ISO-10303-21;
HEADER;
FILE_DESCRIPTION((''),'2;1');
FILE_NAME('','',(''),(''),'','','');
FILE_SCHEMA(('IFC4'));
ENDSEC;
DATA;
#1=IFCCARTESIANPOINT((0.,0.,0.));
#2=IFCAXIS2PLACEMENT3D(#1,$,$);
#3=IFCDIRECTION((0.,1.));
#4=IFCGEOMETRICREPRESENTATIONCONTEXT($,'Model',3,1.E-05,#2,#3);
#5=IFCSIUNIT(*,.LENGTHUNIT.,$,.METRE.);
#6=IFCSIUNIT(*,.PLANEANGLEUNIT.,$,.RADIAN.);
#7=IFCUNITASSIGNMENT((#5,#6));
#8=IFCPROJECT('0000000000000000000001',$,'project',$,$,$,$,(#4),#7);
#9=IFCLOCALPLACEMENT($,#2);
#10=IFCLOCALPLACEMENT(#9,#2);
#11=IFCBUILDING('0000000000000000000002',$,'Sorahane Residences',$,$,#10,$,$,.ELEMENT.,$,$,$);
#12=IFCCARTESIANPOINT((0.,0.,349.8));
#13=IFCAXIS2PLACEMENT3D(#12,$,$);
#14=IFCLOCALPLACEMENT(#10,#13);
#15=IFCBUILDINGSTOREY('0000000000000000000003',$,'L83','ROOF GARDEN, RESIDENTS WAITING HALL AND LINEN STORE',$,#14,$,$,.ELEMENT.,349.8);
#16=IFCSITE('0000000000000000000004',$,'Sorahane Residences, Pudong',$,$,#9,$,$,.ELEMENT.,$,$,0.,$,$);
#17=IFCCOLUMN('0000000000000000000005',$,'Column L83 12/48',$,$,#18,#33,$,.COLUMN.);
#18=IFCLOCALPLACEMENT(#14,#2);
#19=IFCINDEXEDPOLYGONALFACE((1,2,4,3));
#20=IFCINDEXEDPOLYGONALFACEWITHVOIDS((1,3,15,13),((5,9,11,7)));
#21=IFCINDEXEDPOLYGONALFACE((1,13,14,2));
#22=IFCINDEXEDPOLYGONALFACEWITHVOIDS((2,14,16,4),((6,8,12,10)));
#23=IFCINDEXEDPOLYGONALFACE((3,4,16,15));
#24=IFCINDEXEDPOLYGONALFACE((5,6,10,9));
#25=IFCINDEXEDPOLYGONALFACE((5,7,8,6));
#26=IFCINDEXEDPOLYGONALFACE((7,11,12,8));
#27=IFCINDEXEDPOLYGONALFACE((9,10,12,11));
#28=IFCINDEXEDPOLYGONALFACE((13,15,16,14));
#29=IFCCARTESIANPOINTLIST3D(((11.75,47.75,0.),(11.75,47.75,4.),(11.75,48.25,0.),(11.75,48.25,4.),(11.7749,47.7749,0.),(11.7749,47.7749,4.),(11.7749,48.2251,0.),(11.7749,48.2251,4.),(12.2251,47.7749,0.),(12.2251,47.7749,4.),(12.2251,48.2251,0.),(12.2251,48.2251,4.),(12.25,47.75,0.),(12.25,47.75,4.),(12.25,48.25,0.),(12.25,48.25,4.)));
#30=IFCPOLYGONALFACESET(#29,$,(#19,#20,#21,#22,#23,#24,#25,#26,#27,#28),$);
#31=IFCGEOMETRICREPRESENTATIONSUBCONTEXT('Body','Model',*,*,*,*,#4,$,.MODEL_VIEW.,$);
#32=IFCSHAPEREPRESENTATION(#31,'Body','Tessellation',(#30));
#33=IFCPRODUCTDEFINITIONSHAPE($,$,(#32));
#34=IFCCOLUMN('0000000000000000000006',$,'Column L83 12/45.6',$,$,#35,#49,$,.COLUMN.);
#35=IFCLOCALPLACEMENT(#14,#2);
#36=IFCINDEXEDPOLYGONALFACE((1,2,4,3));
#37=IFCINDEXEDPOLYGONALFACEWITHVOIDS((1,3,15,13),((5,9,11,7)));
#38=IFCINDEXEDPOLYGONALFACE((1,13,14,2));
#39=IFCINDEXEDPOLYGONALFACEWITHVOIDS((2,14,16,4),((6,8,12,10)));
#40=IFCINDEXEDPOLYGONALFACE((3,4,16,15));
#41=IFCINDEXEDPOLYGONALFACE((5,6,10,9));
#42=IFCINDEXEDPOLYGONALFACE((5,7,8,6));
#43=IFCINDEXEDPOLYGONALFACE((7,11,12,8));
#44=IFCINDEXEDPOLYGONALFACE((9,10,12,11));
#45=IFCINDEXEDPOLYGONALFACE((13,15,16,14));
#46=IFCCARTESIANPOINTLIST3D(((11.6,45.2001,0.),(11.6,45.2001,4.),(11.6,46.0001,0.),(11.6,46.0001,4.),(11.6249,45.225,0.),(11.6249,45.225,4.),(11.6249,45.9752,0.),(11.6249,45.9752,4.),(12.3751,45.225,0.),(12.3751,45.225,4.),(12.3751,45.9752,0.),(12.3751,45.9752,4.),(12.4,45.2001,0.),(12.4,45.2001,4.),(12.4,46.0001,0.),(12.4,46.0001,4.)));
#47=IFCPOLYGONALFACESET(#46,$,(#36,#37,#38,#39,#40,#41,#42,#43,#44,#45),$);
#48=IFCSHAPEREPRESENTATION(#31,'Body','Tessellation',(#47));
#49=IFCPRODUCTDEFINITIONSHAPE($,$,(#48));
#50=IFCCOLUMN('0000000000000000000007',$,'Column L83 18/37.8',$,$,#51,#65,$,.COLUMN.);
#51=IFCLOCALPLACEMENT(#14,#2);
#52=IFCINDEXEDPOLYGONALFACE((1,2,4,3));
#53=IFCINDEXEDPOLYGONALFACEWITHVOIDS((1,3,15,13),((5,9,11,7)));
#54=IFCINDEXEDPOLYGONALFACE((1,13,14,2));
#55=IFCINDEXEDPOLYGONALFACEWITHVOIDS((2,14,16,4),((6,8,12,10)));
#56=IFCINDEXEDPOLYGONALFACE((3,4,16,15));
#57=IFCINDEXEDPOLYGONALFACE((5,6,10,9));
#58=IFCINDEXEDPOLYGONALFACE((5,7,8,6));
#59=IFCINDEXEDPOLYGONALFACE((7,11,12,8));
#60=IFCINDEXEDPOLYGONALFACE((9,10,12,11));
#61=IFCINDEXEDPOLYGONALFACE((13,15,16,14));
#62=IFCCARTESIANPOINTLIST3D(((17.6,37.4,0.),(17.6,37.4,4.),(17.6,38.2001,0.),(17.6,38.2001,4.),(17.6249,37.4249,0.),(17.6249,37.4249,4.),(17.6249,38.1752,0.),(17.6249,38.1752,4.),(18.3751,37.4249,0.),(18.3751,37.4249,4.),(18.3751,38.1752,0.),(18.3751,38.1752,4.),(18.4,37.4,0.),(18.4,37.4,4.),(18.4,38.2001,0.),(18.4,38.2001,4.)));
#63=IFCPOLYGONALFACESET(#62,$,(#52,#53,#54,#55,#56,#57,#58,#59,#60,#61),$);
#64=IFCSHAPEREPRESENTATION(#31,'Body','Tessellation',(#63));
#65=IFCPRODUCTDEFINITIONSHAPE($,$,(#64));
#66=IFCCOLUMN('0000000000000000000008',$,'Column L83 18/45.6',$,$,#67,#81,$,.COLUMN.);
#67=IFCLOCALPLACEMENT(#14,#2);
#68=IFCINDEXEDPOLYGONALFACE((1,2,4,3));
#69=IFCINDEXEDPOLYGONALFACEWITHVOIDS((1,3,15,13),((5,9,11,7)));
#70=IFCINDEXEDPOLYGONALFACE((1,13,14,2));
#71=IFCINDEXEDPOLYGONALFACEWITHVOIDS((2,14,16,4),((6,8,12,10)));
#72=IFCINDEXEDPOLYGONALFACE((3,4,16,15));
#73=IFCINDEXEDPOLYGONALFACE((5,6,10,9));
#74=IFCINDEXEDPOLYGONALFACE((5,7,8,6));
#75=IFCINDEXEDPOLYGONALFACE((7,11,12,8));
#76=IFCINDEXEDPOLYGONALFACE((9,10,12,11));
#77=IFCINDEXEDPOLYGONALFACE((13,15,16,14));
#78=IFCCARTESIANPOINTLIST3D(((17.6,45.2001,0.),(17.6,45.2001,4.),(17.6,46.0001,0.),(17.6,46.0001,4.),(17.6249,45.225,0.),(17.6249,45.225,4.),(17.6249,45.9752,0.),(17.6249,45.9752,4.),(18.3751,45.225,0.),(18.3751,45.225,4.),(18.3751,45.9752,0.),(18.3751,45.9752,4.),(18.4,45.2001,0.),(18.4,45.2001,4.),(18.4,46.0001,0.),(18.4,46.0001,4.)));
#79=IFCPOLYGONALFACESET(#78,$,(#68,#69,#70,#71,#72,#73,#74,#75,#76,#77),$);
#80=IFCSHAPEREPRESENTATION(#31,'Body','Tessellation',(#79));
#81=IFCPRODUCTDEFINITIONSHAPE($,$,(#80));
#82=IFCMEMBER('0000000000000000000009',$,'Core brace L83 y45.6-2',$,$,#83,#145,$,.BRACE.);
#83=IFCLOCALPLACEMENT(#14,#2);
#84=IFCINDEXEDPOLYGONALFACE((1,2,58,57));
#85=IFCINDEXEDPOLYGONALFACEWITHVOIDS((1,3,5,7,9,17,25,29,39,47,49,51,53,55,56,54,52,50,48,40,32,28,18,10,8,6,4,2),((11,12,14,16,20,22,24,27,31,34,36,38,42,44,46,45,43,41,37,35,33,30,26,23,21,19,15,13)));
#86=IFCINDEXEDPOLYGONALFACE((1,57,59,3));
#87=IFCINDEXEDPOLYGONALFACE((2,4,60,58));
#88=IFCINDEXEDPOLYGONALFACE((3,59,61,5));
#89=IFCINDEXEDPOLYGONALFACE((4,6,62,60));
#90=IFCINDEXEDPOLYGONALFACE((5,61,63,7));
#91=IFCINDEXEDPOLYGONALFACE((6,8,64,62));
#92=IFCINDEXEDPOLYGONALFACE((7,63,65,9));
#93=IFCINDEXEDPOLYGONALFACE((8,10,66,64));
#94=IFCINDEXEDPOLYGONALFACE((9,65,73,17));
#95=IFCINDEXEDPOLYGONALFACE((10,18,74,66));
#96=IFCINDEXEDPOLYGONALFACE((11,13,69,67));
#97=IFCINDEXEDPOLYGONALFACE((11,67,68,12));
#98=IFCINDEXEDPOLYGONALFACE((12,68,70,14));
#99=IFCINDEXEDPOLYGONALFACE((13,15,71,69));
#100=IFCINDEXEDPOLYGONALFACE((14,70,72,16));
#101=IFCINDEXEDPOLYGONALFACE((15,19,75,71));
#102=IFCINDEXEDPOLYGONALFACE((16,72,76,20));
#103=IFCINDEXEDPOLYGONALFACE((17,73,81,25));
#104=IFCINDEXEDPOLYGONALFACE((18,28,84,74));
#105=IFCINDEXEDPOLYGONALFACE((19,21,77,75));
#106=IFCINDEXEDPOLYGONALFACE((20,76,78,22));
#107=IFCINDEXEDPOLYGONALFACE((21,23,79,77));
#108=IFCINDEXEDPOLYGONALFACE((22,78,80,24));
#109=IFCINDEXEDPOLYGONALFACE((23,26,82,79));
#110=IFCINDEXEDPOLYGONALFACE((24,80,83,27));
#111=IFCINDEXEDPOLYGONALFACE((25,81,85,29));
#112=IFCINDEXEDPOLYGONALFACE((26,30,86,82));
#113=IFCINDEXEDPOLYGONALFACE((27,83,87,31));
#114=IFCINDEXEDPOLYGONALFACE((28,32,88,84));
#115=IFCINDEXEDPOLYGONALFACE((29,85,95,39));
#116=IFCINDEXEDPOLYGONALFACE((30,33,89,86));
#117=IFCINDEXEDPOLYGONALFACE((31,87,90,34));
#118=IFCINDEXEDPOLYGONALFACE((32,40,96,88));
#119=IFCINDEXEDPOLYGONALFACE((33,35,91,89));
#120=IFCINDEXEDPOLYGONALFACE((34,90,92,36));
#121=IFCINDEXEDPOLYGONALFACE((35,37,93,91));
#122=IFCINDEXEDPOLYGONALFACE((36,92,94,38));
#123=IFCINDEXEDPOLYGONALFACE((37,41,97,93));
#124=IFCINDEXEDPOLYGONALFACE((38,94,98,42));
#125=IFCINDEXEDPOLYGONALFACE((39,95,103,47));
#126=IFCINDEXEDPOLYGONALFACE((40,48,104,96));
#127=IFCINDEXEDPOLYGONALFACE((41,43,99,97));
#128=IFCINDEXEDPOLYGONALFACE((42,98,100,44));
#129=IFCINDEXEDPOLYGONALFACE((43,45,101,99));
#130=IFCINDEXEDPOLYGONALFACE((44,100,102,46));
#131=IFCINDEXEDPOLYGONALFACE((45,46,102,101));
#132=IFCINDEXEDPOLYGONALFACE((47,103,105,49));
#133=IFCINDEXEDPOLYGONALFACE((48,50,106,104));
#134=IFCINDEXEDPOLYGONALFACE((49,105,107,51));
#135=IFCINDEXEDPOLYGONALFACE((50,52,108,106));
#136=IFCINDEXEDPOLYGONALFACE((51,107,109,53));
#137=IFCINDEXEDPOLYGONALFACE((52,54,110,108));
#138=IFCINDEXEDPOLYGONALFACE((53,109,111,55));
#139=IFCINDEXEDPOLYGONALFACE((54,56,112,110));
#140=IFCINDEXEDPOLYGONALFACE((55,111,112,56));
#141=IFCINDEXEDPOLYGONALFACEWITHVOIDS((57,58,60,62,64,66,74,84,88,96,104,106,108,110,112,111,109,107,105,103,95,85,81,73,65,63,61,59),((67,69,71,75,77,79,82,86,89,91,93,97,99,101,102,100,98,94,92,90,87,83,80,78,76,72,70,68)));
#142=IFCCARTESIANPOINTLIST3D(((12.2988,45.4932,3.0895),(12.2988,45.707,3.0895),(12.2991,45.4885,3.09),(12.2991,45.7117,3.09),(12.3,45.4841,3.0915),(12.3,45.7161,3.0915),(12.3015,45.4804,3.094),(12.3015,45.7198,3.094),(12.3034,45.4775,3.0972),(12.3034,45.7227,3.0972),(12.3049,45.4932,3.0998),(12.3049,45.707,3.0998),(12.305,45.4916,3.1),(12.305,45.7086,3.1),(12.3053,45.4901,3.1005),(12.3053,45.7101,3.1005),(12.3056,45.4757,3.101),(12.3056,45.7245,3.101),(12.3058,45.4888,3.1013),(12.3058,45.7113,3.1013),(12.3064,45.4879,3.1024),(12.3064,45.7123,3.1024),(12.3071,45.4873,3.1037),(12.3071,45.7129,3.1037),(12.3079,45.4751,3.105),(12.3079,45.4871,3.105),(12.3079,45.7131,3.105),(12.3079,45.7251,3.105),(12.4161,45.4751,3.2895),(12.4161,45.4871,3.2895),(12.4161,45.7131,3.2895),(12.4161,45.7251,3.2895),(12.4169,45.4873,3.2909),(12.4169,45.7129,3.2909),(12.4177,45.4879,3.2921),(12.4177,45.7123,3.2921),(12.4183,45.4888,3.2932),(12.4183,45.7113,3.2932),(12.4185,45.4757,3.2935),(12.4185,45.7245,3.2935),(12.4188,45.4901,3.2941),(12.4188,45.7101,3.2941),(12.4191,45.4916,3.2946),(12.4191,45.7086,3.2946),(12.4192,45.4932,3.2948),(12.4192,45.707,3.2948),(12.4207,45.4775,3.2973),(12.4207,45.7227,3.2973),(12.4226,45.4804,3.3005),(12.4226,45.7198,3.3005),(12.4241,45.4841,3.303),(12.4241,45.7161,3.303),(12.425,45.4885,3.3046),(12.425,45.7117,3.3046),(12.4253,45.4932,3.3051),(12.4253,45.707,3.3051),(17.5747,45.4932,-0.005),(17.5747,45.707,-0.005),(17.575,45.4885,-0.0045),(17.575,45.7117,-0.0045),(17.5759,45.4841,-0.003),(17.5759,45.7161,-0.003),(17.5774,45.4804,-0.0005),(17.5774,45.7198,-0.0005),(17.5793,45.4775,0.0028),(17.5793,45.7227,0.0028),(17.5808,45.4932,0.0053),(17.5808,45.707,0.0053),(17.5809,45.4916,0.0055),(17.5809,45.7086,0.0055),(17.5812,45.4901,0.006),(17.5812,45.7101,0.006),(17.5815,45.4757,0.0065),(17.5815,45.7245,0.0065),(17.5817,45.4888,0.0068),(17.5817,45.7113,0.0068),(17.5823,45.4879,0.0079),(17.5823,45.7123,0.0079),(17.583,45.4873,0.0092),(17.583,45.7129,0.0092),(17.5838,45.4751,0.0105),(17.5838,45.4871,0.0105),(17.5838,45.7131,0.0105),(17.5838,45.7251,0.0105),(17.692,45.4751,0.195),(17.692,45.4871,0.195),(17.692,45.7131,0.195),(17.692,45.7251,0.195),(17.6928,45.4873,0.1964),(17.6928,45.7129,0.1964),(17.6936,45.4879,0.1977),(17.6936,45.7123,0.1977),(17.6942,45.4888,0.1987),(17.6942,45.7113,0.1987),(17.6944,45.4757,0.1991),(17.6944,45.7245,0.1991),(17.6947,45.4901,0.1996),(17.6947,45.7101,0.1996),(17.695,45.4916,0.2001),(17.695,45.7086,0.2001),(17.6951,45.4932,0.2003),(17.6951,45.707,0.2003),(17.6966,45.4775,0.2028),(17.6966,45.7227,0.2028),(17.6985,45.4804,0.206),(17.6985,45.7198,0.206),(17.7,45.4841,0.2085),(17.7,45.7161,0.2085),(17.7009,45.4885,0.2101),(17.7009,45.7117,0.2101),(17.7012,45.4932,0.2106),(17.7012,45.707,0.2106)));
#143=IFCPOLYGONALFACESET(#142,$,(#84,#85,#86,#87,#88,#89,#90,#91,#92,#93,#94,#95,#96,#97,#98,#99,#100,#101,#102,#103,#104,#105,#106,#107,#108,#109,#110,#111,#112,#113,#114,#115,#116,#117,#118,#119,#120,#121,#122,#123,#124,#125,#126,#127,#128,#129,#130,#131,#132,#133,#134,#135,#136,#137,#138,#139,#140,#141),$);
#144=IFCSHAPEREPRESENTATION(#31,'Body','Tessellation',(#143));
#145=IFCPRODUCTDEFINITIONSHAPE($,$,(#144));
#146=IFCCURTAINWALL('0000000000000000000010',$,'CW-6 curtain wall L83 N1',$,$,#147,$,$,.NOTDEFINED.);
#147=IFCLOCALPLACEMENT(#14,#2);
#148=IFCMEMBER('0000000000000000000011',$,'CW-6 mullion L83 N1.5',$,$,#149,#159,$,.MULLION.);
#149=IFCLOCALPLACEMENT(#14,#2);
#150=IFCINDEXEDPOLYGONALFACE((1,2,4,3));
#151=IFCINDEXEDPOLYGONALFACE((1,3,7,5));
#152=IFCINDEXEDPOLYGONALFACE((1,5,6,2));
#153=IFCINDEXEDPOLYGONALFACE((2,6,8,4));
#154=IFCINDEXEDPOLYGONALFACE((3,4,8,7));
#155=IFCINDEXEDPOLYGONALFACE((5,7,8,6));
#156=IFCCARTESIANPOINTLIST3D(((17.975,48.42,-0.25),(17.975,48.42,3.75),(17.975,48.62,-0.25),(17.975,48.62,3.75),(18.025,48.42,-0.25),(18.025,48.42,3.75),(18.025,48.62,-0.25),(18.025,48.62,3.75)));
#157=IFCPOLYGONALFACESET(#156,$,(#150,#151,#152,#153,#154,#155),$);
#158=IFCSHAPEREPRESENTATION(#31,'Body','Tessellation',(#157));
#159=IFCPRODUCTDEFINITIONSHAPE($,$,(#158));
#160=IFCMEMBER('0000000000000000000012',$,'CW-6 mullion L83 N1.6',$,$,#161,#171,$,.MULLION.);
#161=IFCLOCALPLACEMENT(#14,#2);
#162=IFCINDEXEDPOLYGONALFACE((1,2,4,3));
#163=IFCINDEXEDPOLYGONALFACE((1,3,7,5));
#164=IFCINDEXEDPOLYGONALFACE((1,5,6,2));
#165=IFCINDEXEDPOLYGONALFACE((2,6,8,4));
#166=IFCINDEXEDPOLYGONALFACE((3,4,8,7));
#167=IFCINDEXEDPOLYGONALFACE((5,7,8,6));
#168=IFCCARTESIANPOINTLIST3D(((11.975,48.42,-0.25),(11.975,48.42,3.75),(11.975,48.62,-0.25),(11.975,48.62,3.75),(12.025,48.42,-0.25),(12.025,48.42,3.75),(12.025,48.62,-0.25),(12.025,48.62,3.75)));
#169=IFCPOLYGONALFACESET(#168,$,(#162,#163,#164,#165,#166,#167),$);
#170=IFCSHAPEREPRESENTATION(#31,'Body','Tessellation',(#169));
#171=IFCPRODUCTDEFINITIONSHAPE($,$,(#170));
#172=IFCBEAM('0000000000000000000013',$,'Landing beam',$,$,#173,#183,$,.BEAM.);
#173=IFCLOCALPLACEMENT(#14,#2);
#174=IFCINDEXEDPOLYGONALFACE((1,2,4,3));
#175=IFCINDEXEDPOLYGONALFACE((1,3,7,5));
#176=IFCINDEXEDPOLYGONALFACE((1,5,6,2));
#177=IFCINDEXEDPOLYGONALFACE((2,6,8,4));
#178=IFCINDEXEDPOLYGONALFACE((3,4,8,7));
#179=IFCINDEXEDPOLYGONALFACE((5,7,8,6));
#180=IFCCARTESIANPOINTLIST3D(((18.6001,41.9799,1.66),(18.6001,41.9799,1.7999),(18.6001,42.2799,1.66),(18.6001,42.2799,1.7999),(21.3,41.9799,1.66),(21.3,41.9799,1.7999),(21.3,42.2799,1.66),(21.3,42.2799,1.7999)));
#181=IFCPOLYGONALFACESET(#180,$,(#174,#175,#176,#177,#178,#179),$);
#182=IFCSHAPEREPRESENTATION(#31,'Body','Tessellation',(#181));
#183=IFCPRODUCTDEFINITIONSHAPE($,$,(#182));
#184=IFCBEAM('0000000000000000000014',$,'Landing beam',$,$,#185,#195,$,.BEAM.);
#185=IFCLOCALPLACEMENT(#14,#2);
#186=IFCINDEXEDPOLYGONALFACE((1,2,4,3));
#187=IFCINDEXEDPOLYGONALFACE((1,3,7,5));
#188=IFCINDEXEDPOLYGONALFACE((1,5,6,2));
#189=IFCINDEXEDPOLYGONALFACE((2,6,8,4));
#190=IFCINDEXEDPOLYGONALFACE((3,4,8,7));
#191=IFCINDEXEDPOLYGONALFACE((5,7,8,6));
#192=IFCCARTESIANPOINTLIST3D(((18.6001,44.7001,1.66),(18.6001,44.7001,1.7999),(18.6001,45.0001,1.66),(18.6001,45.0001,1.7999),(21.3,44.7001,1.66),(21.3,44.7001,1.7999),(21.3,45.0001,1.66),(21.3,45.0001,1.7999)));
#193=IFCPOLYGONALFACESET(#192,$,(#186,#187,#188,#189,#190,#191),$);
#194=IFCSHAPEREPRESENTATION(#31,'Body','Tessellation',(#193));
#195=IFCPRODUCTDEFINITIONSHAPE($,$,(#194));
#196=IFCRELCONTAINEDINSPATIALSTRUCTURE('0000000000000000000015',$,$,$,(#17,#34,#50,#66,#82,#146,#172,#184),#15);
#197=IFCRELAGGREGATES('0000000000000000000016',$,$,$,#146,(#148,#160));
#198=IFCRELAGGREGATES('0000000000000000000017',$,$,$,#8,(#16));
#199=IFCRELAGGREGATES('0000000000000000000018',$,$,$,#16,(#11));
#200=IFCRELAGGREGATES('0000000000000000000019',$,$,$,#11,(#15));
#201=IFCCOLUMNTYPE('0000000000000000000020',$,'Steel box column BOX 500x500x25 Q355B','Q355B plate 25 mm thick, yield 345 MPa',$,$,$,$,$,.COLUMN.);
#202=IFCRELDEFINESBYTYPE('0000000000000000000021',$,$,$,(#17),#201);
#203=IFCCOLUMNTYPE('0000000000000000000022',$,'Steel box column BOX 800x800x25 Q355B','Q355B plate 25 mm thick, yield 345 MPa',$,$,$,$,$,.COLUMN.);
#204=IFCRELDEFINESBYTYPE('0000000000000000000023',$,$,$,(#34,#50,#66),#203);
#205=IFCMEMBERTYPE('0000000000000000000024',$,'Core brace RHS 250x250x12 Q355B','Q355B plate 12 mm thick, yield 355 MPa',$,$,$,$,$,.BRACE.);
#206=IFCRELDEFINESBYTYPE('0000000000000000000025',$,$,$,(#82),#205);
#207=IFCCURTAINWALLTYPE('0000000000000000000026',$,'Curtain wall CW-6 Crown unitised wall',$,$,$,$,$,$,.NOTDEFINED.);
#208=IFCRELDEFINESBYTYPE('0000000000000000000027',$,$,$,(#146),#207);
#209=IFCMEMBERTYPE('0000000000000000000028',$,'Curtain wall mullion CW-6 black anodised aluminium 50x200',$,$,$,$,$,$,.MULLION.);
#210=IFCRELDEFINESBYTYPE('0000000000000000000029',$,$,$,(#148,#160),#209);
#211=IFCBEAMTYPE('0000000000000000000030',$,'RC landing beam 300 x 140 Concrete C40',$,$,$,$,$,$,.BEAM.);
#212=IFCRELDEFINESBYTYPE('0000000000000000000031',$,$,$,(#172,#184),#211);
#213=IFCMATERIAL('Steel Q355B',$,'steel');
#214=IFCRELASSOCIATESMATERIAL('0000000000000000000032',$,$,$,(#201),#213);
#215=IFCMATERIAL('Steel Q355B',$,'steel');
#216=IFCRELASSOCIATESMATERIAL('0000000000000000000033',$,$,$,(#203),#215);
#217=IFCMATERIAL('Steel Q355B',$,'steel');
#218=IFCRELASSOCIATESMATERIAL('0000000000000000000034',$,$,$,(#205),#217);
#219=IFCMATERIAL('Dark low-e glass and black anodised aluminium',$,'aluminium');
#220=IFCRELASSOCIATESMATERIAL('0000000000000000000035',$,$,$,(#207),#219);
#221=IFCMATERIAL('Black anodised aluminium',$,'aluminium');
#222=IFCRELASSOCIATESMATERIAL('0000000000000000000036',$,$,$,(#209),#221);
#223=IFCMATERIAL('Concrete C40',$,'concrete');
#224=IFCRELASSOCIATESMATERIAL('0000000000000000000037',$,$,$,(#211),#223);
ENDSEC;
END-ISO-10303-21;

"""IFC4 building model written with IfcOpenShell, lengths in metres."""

from ifc_helpers import new_model, si_unit, direction, frame, origin, origin_2d, place, context, subcontext, project, spatial, rectangle, hollow_rectangle, extrude, material, material_profile, profile_set, type_object, element, aggregate, save


model = new_model("IFC4")

# Units and contexts
model_context = context("Model", 3, precision=1e-05, world=origin(), true_north=direction((0.0, 1.0)))
body_context = subcontext(model_context, "Body", "Model", "MODEL_VIEW")
ifc_project = project(units=[si_unit("LENGTHUNIT", "METRE"), si_unit("PLANEANGLEUNIT", "RADIAN")], contexts=[model_context])

# Site, building, storey
site_placement = place(None, origin())
site = spatial("IfcSite", under=ifc_project, at=site_placement, Name="Sorahane Residences, Pudong", CompositionType="ELEMENT", RefElevation=0.0)
building_placement = place(site_placement, origin())
building = spatial("IfcBuilding", under=site, at=building_placement, Name="Sorahane Residences", CompositionType="ELEMENT")
storey_placement = place(building_placement, frame((0.0, 0.0, 349.8)))
storey = spatial("IfcBuildingStorey", under=building, at=storey_placement, Name="L83", Description="ROOF GARDEN, RESIDENTS WAITING HALL AND LINEN STORE", CompositionType="ELEMENT", Elevation=349.8)

# Columns
ifc_material_1 = material(Name="Steel Q355B", Category="steel")
ifc_material_profile_1 = material_profile(ifc_material_1, hollow_rectangle(XDim=0.5, YDim=0.5, WallThickness=0.0249, at=origin_2d()), Name="BOX 500x500x25")
ifc_profile_set_1 = profile_set([ifc_material_profile_1], Name="Steel Q355B")
column_type_1 = type_object("IfcColumnType", Name="Steel box column BOX 500x500x25 Q355B", Description="Q355B plate 25 mm thick, yield 345 MPa", PredefinedType="COLUMN", material=ifc_profile_set_1)
column_placement = place(storey_placement, frame((12.0, 48.0, 0.0), z_axis=(0.0, 0.0, 1.0), x_axis=(1.0, 0.0, 0.0)))
element("IfcColumn", 1, at=column_placement, inside=storey, type_object=column_type_1, Name="Column L83 12/48", PredefinedType="COLUMN", context=body_context, shape_type="SweptSolid", body=[
    extrude(hollow_rectangle(XDim=0.5, YDim=0.5, WallThickness=0.0249, at=origin_2d()), origin(), (0.0, 0.0, 1.0), 4.0),
])
ifc_material_2 = material(Name="Steel Q355B", Category="steel")
ifc_material_profile_2 = material_profile(ifc_material_2, hollow_rectangle(XDim=0.8, YDim=0.8, WallThickness=0.0249, at=origin_2d()), Name="BOX 800x800x25")
ifc_profile_set_2 = profile_set([ifc_material_profile_2], Name="Steel Q355B")
column_type_2 = type_object("IfcColumnType", Name="Steel box column BOX 800x800x25 Q355B", Description="Q355B plate 25 mm thick, yield 345 MPa", PredefinedType="COLUMN", material=ifc_profile_set_2)
for number, where, z_axis, x_axis, name in (
    (2, (12.0, 45.6001, 0.0), (0.0, 0.0, 1.0), (1.0, 0.0, 0.0), "Column L83 12/45.6"),
    (3, (18.0, 37.8, 0.0), (0.0, 0.0, 1.0), (1.0, 0.0, 0.0), "Column L83 18/37.8"),
    (4, (18.0, 45.6001, 0.0), (0.0, 0.0, 1.0), (1.0, 0.0, 0.0), "Column L83 18/45.6"),
):
    element("IfcColumn", number, at=place(storey_placement, frame(where, z_axis=z_axis, x_axis=x_axis)), inside=storey, type_object=column_type_2, Name=name, PredefinedType="COLUMN", context=body_context, shape_type="SweptSolid", body=[
        extrude(hollow_rectangle(XDim=0.8, YDim=0.8, WallThickness=0.0249, at=origin_2d()), origin(), (0.0, 0.0, 1.0), 4.0),
    ])

# Member
ifc_material_3 = material(Name="Steel Q355B", Category="steel")
ifc_material_profile_3 = material_profile(ifc_material_3, hollow_rectangle(XDim=0.25, YDim=0.25, WallThickness=0.012, InnerFilletRadius=0.0061, OuterFilletRadius=0.0181, at=origin_2d()), Name="RHS 250x250x12")
ifc_profile_set_3 = profile_set([ifc_material_profile_3], Name="Steel Q355B")
member_type_1 = type_object("IfcMemberType", Name="Core brace RHS 250x250x12 Q355B", Description="Q355B plate 12 mm thick, yield 355 MPa", PredefinedType="BRACE", material=ifc_profile_set_3)
member_1_placement = place(storey_placement, frame((17.6379, 45.6001, 0.1028), z_axis=(-0.862575, 0.0, 0.505929), x_axis=(0.0, -1.0, 0.0)))
element("IfcMember", 5, at=member_1_placement, inside=storey, type_object=member_type_1, Name="Core brace L83 y45.6-2", PredefinedType="BRACE", context=body_context, shape_type="SweptSolid", body=[
    extrude(hollow_rectangle(XDim=0.25, YDim=0.25, WallThickness=0.012, InnerFilletRadius=0.0061, OuterFilletRadius=0.0181, at=origin_2d()), origin(), (0.0, 0.0, 1.0), 6.1165),
])

# Curtain wall, members
ifc_material_4 = material(Name="Dark low-e glass and black anodised aluminium", Category="aluminium")
curtain_wall_type = type_object("IfcCurtainWallType", Name="Curtain wall CW-6 Crown unitised wall", PredefinedType="NOTDEFINED", material=ifc_material_4)
curtain_wall_placement = place(storey_placement, origin())
curtain_wall = element("IfcCurtainWall", 6, at=curtain_wall_placement, inside=storey, type_object=curtain_wall_type, Name="CW-6 curtain wall L83 N1", PredefinedType="NOTDEFINED")
ifc_material_5 = material(Name="Black anodised aluminium", Category="aluminium")
ifc_material_profile_4 = material_profile(ifc_material_5, rectangle(XDim=0.2, YDim=0.05, at=origin_2d()), Name="Curtain wall mullion CW-6 black anodised aluminium 50x200")
ifc_profile_set_4 = profile_set([ifc_material_profile_4], Name="Black anodised aluminium")
member_type_2 = type_object("IfcMemberType", Name="Curtain wall mullion CW-6 black anodised aluminium 50x200", PredefinedType="MULLION", material=ifc_profile_set_4)
member_2_placement = place(storey_placement, frame((18.0, 48.52, -0.25), z_axis=(0.0, 0.0, 1.0), x_axis=(0.0, 1.0, 0.0)))
member_2 = element("IfcMember", 7, at=member_2_placement, type_object=member_type_2, Name="CW-6 mullion L83 N1.5", PredefinedType="MULLION", context=body_context, shape_type="SweptSolid", body=[
    extrude(rectangle(XDim=0.2, YDim=0.05, at=origin_2d()), origin(), (0.0, 0.0, 1.0), 4.0),
])
member_3_placement = place(storey_placement, frame((12.0, 48.52, -0.25), z_axis=(0.0, 0.0, 1.0), x_axis=(0.0, 1.0, 0.0)))
member_3 = element("IfcMember", 8, at=member_3_placement, type_object=member_type_2, Name="CW-6 mullion L83 N1.6", PredefinedType="MULLION", context=body_context, shape_type="SweptSolid", body=[
    extrude(rectangle(XDim=0.2, YDim=0.05, at=origin_2d()), origin(), (0.0, 0.0, 1.0), 4.0),
])

# Beams
ifc_material_6 = material(Name="Concrete C40", Category="concrete")
ifc_material_profile_5 = material_profile(ifc_material_6, rectangle(XDim=0.3, YDim=0.1399, at=origin_2d()), Name="300x140")
ifc_profile_set_5 = profile_set([ifc_material_profile_5], Name="Concrete C40")
beam_type_1 = type_object("IfcBeamType", Name="RC landing beam 300 x 140 Concrete C40", PredefinedType="BEAM", material=ifc_profile_set_5)
for number, where, z_axis, x_axis, name in (
    (9, (18.6001, 42.1299, 1.73), (1.0, 0.0, 0.0), (0.0, 1.0, 0.0), "Landing beam"),
    (10, (18.6001, 44.8501, 1.73), (1.0, 0.0, 0.0), (0.0, 1.0, 0.0), "Landing beam"),
):
    element("IfcBeam", number, at=place(storey_placement, frame(where, z_axis=z_axis, x_axis=x_axis)), inside=storey, type_object=beam_type_1, Name=name, PredefinedType="BEAM", context=body_context, shape_type="SweptSolid", body=[
        extrude(rectangle(XDim=0.3, YDim=0.1399, at=origin_2d()), origin(), (0.0, 0.0, 1.0), 2.7),
    ])

aggregate(curtain_wall, [member_2, member_3])

save(model, "model.ifc")
